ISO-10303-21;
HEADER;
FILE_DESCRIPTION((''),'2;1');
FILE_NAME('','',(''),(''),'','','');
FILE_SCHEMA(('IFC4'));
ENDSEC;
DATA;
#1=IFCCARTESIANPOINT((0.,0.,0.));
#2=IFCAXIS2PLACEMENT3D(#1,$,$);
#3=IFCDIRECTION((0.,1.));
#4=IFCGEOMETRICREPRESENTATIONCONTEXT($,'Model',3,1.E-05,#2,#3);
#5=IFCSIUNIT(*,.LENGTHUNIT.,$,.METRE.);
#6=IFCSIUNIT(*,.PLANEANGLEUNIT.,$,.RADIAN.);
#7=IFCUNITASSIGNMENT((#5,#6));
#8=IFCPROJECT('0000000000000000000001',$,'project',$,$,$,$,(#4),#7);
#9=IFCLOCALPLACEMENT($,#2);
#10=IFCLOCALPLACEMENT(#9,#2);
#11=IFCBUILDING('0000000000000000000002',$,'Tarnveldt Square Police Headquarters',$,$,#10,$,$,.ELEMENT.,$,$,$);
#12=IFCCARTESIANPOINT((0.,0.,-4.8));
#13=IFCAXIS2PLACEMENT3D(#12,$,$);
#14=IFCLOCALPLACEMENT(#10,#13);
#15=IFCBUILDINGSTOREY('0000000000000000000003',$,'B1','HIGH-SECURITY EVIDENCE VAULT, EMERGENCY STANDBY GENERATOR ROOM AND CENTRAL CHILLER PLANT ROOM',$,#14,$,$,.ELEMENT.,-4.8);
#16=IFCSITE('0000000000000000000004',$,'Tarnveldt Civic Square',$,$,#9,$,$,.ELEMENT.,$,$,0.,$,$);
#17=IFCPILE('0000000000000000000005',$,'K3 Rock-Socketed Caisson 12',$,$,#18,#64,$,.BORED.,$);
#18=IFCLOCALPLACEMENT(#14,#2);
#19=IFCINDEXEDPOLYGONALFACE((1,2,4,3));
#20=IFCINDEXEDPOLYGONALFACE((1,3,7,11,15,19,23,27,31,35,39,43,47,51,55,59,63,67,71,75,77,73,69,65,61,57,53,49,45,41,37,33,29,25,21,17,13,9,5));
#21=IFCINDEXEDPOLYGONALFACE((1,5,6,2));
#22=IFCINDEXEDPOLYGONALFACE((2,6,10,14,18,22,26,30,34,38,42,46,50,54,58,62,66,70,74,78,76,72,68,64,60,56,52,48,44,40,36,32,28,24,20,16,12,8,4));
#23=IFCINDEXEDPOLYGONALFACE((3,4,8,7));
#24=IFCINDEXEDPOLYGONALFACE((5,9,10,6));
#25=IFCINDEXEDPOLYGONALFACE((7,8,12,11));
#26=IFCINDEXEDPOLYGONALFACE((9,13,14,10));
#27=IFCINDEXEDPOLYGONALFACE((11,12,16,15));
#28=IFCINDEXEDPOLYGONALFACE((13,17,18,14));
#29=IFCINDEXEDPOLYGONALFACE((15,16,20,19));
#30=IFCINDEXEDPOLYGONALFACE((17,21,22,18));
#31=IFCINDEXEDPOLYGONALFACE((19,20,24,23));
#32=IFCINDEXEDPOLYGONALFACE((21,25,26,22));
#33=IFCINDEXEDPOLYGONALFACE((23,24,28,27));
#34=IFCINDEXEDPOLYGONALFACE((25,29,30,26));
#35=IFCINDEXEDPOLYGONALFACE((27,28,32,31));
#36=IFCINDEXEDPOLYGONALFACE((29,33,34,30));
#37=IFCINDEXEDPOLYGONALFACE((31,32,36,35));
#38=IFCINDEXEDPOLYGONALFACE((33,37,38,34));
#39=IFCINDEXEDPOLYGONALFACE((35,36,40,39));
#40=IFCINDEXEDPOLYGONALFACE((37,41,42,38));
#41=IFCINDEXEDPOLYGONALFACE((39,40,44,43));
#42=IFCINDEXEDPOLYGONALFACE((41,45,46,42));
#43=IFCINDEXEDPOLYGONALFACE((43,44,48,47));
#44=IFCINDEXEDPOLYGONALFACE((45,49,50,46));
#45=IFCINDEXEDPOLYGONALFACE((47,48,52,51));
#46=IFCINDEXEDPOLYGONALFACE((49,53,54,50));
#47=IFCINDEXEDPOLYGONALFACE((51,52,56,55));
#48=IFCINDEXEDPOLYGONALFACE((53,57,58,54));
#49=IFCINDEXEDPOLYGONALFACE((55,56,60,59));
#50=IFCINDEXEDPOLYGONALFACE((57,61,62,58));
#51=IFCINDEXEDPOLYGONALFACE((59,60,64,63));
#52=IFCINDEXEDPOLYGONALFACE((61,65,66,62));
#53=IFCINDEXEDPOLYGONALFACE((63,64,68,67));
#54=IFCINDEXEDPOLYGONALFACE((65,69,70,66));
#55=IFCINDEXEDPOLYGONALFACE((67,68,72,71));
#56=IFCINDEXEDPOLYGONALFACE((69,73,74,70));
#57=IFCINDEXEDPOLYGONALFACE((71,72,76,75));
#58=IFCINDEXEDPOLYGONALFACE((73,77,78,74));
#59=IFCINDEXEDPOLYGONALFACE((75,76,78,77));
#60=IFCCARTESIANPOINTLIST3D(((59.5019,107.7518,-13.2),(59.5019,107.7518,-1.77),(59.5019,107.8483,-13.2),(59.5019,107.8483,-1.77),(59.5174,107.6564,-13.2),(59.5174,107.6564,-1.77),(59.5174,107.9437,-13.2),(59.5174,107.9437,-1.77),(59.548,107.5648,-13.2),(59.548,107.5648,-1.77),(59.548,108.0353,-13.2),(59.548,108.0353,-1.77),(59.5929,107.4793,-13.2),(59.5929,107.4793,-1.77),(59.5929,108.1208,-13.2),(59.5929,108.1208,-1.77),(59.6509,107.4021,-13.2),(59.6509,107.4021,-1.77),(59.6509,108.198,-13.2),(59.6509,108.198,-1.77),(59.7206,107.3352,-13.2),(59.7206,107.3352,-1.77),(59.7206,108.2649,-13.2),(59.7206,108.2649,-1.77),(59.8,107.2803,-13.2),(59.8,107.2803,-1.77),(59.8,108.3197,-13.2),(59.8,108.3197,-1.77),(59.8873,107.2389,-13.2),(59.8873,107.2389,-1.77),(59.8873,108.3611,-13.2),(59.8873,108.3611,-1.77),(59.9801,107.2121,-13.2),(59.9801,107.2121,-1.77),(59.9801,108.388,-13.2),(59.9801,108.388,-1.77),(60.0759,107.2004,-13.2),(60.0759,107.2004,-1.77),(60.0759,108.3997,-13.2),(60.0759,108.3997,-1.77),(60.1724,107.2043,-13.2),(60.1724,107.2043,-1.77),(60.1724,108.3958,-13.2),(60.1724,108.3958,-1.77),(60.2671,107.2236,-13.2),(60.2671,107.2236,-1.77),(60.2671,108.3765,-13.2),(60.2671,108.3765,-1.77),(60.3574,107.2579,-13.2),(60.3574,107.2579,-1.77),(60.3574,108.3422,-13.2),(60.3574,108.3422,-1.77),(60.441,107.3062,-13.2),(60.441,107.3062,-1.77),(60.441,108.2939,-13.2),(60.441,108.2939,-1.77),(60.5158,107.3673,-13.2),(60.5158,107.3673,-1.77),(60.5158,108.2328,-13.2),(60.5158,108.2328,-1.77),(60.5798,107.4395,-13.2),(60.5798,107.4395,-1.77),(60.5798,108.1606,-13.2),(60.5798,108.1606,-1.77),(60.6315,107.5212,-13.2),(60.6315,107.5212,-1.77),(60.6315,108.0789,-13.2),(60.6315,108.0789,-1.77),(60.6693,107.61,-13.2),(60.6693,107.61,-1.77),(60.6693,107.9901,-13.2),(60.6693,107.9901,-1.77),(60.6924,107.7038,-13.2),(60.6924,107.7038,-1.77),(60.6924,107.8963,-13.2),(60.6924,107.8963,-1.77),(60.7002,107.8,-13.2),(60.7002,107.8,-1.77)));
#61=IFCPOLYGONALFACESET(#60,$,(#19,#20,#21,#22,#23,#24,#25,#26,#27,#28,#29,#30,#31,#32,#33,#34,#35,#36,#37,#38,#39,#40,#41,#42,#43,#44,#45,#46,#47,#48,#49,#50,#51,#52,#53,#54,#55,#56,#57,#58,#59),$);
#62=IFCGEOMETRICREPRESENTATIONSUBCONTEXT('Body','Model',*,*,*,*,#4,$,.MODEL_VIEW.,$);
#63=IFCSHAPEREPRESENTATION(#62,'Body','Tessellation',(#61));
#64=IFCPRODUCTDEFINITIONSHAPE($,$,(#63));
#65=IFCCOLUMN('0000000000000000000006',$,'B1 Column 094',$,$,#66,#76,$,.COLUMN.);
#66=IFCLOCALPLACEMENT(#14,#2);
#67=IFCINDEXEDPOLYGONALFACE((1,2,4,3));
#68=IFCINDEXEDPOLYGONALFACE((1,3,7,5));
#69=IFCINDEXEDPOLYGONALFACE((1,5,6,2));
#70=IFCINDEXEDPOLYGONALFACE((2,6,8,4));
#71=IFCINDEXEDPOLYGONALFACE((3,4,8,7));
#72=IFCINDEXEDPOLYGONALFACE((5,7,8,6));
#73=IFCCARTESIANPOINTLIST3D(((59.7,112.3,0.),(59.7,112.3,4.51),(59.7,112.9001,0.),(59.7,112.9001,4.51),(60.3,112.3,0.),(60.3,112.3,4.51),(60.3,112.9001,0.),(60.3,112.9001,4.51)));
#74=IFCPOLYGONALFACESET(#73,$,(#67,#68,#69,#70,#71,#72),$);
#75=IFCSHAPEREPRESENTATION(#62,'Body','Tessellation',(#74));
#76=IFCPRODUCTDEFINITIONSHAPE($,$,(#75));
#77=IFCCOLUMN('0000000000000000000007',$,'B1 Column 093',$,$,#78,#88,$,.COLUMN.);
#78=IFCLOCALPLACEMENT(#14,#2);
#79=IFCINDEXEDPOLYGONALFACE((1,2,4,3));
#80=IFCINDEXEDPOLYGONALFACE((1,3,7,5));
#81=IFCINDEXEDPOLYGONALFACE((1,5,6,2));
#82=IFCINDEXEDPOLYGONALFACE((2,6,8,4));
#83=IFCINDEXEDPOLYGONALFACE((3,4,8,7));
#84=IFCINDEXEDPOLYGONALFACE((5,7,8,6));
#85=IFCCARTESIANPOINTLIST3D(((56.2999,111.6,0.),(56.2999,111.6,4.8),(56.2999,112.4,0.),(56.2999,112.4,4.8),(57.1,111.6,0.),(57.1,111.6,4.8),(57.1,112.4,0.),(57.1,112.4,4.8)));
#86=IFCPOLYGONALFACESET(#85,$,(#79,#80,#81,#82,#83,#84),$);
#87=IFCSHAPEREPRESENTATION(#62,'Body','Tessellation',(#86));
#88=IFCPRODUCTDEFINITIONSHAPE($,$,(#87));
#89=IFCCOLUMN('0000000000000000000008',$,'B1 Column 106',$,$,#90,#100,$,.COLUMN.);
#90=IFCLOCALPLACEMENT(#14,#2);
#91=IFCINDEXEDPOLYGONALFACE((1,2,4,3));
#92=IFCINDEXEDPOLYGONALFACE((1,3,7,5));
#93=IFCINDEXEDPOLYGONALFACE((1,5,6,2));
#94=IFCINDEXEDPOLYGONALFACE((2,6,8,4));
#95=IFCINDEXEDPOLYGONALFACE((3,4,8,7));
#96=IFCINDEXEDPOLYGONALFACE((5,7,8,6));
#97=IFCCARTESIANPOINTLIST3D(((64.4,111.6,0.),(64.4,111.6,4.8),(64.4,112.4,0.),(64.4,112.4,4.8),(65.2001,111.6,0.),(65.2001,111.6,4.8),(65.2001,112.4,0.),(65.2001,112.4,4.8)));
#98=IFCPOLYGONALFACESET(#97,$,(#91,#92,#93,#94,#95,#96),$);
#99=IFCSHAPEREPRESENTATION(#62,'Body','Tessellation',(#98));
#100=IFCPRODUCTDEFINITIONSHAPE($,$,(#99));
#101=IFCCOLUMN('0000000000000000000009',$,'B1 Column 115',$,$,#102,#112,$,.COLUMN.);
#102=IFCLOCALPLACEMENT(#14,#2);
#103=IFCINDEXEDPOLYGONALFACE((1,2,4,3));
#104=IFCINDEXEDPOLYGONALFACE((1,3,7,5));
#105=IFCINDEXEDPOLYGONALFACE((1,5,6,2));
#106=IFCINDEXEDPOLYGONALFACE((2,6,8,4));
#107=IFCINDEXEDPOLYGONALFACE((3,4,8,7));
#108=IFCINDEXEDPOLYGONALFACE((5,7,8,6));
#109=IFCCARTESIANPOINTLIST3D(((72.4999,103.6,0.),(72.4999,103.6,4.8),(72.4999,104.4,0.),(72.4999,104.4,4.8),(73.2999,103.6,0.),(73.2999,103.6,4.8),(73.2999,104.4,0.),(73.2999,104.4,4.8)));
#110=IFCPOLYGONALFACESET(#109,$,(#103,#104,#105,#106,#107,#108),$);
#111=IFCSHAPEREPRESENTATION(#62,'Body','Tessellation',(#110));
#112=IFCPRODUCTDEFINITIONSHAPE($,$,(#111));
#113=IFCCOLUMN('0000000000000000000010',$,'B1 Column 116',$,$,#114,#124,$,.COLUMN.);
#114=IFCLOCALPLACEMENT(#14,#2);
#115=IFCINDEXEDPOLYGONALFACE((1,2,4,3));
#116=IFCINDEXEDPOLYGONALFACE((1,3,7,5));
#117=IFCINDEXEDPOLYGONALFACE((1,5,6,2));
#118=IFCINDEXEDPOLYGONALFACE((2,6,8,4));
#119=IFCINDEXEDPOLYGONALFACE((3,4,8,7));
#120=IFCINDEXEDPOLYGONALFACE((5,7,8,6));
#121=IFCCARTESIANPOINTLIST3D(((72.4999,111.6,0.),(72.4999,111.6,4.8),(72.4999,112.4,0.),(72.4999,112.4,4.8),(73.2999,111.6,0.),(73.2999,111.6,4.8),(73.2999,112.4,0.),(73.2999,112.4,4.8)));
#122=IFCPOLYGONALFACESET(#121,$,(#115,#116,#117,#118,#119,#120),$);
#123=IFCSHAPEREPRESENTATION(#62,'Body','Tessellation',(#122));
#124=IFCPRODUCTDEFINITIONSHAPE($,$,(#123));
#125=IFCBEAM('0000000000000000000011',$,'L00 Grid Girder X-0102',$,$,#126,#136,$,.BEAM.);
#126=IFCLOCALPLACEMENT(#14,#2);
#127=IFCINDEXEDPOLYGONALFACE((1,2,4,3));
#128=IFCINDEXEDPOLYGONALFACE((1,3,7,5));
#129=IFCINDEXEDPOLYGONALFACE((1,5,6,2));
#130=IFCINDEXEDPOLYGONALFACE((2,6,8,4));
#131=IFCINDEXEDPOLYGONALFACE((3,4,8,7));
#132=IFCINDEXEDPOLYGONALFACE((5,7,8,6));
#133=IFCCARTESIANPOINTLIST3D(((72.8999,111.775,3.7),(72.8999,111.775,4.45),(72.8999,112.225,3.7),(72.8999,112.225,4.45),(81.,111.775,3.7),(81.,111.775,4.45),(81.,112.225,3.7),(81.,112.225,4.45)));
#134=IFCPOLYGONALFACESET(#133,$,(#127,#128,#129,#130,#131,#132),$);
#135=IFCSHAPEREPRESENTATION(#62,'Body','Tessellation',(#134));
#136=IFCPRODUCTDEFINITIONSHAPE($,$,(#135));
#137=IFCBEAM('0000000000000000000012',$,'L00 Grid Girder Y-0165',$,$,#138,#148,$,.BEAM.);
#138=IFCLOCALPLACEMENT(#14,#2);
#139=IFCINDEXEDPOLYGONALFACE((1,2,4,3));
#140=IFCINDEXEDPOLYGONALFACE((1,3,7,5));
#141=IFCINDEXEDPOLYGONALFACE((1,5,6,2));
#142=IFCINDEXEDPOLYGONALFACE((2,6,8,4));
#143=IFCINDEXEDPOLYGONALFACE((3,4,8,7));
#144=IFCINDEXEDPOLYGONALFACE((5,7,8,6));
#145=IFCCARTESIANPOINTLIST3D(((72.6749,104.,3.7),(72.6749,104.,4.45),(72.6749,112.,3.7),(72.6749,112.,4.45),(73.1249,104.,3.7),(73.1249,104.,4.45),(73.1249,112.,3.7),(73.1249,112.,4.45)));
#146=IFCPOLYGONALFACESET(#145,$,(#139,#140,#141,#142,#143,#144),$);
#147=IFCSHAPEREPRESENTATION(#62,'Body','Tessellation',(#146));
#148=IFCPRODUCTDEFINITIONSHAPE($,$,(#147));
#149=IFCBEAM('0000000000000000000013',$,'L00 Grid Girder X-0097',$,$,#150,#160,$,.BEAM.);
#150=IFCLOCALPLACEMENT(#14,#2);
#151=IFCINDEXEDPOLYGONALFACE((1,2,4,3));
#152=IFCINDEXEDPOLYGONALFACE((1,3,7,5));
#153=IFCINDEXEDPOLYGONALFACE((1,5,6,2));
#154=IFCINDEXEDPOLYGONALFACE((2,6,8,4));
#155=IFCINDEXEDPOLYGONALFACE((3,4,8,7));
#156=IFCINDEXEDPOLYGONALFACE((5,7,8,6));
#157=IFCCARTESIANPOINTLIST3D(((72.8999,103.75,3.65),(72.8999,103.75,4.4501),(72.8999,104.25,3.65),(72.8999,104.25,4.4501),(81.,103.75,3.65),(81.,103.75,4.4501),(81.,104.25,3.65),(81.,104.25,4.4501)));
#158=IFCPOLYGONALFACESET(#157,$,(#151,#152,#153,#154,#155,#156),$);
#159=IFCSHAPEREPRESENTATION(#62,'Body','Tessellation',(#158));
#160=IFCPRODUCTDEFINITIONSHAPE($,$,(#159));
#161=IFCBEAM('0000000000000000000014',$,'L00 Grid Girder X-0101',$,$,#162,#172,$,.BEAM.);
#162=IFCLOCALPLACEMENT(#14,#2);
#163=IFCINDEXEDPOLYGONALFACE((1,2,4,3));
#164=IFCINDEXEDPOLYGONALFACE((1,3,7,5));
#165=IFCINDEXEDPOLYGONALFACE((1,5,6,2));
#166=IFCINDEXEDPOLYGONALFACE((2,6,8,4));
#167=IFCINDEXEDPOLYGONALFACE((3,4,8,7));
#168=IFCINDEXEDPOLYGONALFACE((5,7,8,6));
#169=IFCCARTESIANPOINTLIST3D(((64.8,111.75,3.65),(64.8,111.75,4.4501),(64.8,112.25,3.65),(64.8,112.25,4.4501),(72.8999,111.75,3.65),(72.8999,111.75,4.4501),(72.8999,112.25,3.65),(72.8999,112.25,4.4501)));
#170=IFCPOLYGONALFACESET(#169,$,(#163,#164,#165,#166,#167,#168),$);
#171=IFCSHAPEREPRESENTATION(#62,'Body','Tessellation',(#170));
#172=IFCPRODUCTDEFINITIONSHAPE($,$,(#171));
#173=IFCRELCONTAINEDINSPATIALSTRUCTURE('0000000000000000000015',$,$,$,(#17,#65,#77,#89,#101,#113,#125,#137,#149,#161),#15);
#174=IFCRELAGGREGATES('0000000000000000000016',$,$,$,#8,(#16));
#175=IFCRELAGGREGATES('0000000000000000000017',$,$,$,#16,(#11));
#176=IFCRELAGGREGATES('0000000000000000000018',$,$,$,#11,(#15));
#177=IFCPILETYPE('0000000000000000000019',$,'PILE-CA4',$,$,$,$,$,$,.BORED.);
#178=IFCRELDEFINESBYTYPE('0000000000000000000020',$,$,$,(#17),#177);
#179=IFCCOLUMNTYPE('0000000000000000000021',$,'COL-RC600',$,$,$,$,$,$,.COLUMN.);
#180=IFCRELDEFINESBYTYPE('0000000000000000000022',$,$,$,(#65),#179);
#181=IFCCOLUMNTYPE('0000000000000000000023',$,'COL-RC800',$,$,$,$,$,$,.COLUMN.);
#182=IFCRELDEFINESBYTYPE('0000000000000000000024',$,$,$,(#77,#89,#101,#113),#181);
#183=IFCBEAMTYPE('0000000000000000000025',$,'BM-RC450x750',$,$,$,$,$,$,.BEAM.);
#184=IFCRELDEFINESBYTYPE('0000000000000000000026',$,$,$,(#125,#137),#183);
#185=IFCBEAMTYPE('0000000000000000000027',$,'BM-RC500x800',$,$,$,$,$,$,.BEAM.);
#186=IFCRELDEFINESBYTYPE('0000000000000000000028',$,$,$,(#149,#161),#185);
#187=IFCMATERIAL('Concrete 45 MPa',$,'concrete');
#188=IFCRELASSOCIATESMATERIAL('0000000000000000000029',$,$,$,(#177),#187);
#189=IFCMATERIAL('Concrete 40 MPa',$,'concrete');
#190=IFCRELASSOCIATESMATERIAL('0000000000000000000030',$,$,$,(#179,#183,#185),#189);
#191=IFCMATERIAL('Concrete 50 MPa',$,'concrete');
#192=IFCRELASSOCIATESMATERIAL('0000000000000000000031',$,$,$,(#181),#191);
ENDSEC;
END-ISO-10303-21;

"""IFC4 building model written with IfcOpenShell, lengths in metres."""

from ifc_helpers import new_model, si_unit, direction, frame, origin, origin_2d, place, context, subcontext, project, spatial, rectangle, circle, extrude, material, material_profile, profile_set, type_object, element, save


model = new_model("IFC4")

# Units and contexts
model_context = context("Model", 3, precision=1e-05, world=origin(), true_north=direction((0.0, 1.0)))
body_context = subcontext(model_context, "Body", "Model", "MODEL_VIEW")
ifc_project = project(units=[si_unit("LENGTHUNIT", "METRE"), si_unit("PLANEANGLEUNIT", "RADIAN")], contexts=[model_context])

# Site, building, storey
site_placement = place(None, origin())
site = spatial("IfcSite", under=ifc_project, at=site_placement, Name="Tarnveldt Civic Square", CompositionType="ELEMENT", RefElevation=0.0)
building_placement = place(site_placement, origin())
building = spatial("IfcBuilding", under=site, at=building_placement, Name="Tarnveldt Square Police Headquarters", CompositionType="ELEMENT")
storey_placement = place(building_placement, frame((0.0, 0.0, -4.8)))
storey = spatial("IfcBuildingStorey", under=building, at=storey_placement, Name="B1", Description="HIGH-SECURITY EVIDENCE VAULT, EMERGENCY STANDBY GENERATOR ROOM AND CENTRAL CHILLER PLANT ROOM", CompositionType="ELEMENT", Elevation=-4.8)

# Shared definitions
ifc_material_1 = material(Name="Concrete 45 MPa", Category="concrete")

# Pile
ifc_material_profile_1 = material_profile(ifc_material_1, circle(Radius=0.6001, at=origin_2d()), Name="CAISSON-D1200")
ifc_profile_set_1 = profile_set([ifc_material_profile_1], Name="Concrete 45 MPa")
pile_type_1 = type_object("IfcPileType", Name="PILE-CA4", PredefinedType="BORED", material=ifc_profile_set_1)
for number, where, z_axis, x_axis, name in (
    (1, (60.1001, 107.8, -1.77), (0.0, 0.0, -1.0), (1.0, 0.0, 0.0), "K3 Rock-Socketed Caisson 12"),
):
    element("IfcPile", number, at=place(storey_placement, frame(where, z_axis=z_axis, x_axis=x_axis)), inside=storey, type_object=pile_type_1, Name=name, PredefinedType="BORED", context=body_context, shape_type="SweptSolid", body=[
        extrude(circle(Radius=0.6001, at=origin_2d()), origin(), (0.0, 0.0, 1.0), 11.4299),
    ])

# Columns
ifc_material_2 = material(Name="Concrete 40 MPa", Category="concrete")
ifc_material_profile_2 = material_profile(ifc_material_2, rectangle(XDim=0.6001, YDim=0.6001, at=origin_2d()), Name="RC-C600x600")
ifc_profile_set_2 = profile_set([ifc_material_profile_2], Name="Concrete 40 MPa")
column_type_1 = type_object("IfcColumnType", Name="COL-RC600", PredefinedType="COLUMN", material=ifc_profile_set_2)
column_placement = place(storey_placement, frame((60.0, 112.6001, 0.0), z_axis=(0.0, 0.0, 1.0), x_axis=(1.0, 0.0, 0.0)))
element("IfcColumn", 2, at=column_placement, inside=storey, type_object=column_type_1, Name="B1 Column 094", PredefinedType="COLUMN", context=body_context, shape_type="SweptSolid", body=[
    extrude(rectangle(XDim=0.6001, YDim=0.6001, at=origin_2d()), origin(), (0.0, 0.0, 1.0), 4.51),
])
ifc_material_3 = material(Name="Concrete 50 MPa", Category="concrete")
ifc_material_profile_3 = material_profile(ifc_material_3, rectangle(XDim=0.8, YDim=0.8, at=origin_2d()), Name="RC-C800x800")
ifc_profile_set_3 = profile_set([ifc_material_profile_3], Name="Concrete 50 MPa")
column_type_2 = type_object("IfcColumnType", Name="COL-RC800", PredefinedType="COLUMN", material=ifc_profile_set_3)
for number, where, z_axis, x_axis, name in (
    (3, (56.7, 112.0, 0.0), (0.0, 0.0, 1.0), (1.0, 0.0, 0.0), "B1 Column 093"),
    (4, (64.8, 112.0, 0.0), (0.0, 0.0, 1.0), (1.0, 0.0, 0.0), "B1 Column 106"),
    (5, (72.8999, 104.0, 0.0), (0.0, 0.0, 1.0), (1.0, 0.0, 0.0), "B1 Column 115"),
    (6, (72.8999, 112.0, 0.0), (0.0, 0.0, 1.0), (1.0, 0.0, 0.0), "B1 Column 116"),
):
    element("IfcColumn", number, at=place(storey_placement, frame(where, z_axis=z_axis, x_axis=x_axis)), inside=storey, type_object=column_type_2, Name=name, PredefinedType="COLUMN", context=body_context, shape_type="SweptSolid", body=[
        extrude(rectangle(XDim=0.8, YDim=0.8, at=origin_2d()), origin(), (0.0, 0.0, 1.0), 4.8),
    ])

# Beams
ifc_material_profile_4 = material_profile(ifc_material_2, rectangle(XDim=0.45, YDim=0.75, at=origin_2d()), Name="RC-B450x750")
ifc_profile_set_4 = profile_set([ifc_material_profile_4], Name="Concrete 40 MPa")
beam_type_1 = type_object("IfcBeamType", Name="BM-RC450x750", PredefinedType="BEAM", material=ifc_profile_set_4)
beam_1_placement = place(storey_placement, frame((72.8999, 112.0, 4.075), z_axis=(1.0, 0.0, 0.0), x_axis=(0.0, 1.0, 0.0)))
element("IfcBeam", 7, at=beam_1_placement, inside=storey, type_object=beam_type_1, Name="L00 Grid Girder X-0102", PredefinedType="BEAM", context=body_context, shape_type="SweptSolid", body=[
    extrude(rectangle(XDim=0.45, YDim=0.75, at=origin_2d()), origin(), (0.0, 0.0, 1.0), 8.1001),
])
beam_2_placement = place(storey_placement, frame((72.8999, 104.0, 4.075), z_axis=(0.0, 1.0, 0.0), x_axis=(-1.0, 0.0, 0.0)))
element("IfcBeam", 8, at=beam_2_placement, inside=storey, type_object=beam_type_1, Name="L00 Grid Girder Y-0165", PredefinedType="BEAM", context=body_context, shape_type="SweptSolid", body=[
    extrude(rectangle(XDim=0.45, YDim=0.75, at=origin_2d()), origin(), (0.0, 0.0, 1.0), 8.0),
])
ifc_material_profile_5 = material_profile(ifc_material_2, rectangle(XDim=0.5, YDim=0.8, at=origin_2d()), Name="RC-B500x800")
ifc_profile_set_5 = profile_set([ifc_material_profile_5], Name="Concrete 40 MPa")
beam_type_2 = type_object("IfcBeamType", Name="BM-RC500x800", PredefinedType="BEAM", material=ifc_profile_set_5)
beam_3_placement = place(storey_placement, frame((72.8999, 104.0, 4.05), z_axis=(1.0, 0.0, 0.0), x_axis=(0.0, 1.0, 0.0)))
element("IfcBeam", 9, at=beam_3_placement, inside=storey, type_object=beam_type_2, Name="L00 Grid Girder X-0097", PredefinedType="BEAM", context=body_context, shape_type="SweptSolid", body=[
    extrude(rectangle(XDim=0.5, YDim=0.8, at=origin_2d()), origin(), (0.0, 0.0, 1.0), 8.1001),
])
beam_4_placement = place(storey_placement, frame((64.8, 112.0, 4.05), z_axis=(1.0, 0.0, 0.0), x_axis=(0.0, 1.0, 0.0)))
element("IfcBeam", 10, at=beam_4_placement, inside=storey, type_object=beam_type_2, Name="L00 Grid Girder X-0101", PredefinedType="BEAM", context=body_context, shape_type="SweptSolid", body=[
    extrude(rectangle(XDim=0.5, YDim=0.8, at=origin_2d()), origin(), (0.0, 0.0, 1.0), 8.0999),
])

save(model, "model.ifc")
